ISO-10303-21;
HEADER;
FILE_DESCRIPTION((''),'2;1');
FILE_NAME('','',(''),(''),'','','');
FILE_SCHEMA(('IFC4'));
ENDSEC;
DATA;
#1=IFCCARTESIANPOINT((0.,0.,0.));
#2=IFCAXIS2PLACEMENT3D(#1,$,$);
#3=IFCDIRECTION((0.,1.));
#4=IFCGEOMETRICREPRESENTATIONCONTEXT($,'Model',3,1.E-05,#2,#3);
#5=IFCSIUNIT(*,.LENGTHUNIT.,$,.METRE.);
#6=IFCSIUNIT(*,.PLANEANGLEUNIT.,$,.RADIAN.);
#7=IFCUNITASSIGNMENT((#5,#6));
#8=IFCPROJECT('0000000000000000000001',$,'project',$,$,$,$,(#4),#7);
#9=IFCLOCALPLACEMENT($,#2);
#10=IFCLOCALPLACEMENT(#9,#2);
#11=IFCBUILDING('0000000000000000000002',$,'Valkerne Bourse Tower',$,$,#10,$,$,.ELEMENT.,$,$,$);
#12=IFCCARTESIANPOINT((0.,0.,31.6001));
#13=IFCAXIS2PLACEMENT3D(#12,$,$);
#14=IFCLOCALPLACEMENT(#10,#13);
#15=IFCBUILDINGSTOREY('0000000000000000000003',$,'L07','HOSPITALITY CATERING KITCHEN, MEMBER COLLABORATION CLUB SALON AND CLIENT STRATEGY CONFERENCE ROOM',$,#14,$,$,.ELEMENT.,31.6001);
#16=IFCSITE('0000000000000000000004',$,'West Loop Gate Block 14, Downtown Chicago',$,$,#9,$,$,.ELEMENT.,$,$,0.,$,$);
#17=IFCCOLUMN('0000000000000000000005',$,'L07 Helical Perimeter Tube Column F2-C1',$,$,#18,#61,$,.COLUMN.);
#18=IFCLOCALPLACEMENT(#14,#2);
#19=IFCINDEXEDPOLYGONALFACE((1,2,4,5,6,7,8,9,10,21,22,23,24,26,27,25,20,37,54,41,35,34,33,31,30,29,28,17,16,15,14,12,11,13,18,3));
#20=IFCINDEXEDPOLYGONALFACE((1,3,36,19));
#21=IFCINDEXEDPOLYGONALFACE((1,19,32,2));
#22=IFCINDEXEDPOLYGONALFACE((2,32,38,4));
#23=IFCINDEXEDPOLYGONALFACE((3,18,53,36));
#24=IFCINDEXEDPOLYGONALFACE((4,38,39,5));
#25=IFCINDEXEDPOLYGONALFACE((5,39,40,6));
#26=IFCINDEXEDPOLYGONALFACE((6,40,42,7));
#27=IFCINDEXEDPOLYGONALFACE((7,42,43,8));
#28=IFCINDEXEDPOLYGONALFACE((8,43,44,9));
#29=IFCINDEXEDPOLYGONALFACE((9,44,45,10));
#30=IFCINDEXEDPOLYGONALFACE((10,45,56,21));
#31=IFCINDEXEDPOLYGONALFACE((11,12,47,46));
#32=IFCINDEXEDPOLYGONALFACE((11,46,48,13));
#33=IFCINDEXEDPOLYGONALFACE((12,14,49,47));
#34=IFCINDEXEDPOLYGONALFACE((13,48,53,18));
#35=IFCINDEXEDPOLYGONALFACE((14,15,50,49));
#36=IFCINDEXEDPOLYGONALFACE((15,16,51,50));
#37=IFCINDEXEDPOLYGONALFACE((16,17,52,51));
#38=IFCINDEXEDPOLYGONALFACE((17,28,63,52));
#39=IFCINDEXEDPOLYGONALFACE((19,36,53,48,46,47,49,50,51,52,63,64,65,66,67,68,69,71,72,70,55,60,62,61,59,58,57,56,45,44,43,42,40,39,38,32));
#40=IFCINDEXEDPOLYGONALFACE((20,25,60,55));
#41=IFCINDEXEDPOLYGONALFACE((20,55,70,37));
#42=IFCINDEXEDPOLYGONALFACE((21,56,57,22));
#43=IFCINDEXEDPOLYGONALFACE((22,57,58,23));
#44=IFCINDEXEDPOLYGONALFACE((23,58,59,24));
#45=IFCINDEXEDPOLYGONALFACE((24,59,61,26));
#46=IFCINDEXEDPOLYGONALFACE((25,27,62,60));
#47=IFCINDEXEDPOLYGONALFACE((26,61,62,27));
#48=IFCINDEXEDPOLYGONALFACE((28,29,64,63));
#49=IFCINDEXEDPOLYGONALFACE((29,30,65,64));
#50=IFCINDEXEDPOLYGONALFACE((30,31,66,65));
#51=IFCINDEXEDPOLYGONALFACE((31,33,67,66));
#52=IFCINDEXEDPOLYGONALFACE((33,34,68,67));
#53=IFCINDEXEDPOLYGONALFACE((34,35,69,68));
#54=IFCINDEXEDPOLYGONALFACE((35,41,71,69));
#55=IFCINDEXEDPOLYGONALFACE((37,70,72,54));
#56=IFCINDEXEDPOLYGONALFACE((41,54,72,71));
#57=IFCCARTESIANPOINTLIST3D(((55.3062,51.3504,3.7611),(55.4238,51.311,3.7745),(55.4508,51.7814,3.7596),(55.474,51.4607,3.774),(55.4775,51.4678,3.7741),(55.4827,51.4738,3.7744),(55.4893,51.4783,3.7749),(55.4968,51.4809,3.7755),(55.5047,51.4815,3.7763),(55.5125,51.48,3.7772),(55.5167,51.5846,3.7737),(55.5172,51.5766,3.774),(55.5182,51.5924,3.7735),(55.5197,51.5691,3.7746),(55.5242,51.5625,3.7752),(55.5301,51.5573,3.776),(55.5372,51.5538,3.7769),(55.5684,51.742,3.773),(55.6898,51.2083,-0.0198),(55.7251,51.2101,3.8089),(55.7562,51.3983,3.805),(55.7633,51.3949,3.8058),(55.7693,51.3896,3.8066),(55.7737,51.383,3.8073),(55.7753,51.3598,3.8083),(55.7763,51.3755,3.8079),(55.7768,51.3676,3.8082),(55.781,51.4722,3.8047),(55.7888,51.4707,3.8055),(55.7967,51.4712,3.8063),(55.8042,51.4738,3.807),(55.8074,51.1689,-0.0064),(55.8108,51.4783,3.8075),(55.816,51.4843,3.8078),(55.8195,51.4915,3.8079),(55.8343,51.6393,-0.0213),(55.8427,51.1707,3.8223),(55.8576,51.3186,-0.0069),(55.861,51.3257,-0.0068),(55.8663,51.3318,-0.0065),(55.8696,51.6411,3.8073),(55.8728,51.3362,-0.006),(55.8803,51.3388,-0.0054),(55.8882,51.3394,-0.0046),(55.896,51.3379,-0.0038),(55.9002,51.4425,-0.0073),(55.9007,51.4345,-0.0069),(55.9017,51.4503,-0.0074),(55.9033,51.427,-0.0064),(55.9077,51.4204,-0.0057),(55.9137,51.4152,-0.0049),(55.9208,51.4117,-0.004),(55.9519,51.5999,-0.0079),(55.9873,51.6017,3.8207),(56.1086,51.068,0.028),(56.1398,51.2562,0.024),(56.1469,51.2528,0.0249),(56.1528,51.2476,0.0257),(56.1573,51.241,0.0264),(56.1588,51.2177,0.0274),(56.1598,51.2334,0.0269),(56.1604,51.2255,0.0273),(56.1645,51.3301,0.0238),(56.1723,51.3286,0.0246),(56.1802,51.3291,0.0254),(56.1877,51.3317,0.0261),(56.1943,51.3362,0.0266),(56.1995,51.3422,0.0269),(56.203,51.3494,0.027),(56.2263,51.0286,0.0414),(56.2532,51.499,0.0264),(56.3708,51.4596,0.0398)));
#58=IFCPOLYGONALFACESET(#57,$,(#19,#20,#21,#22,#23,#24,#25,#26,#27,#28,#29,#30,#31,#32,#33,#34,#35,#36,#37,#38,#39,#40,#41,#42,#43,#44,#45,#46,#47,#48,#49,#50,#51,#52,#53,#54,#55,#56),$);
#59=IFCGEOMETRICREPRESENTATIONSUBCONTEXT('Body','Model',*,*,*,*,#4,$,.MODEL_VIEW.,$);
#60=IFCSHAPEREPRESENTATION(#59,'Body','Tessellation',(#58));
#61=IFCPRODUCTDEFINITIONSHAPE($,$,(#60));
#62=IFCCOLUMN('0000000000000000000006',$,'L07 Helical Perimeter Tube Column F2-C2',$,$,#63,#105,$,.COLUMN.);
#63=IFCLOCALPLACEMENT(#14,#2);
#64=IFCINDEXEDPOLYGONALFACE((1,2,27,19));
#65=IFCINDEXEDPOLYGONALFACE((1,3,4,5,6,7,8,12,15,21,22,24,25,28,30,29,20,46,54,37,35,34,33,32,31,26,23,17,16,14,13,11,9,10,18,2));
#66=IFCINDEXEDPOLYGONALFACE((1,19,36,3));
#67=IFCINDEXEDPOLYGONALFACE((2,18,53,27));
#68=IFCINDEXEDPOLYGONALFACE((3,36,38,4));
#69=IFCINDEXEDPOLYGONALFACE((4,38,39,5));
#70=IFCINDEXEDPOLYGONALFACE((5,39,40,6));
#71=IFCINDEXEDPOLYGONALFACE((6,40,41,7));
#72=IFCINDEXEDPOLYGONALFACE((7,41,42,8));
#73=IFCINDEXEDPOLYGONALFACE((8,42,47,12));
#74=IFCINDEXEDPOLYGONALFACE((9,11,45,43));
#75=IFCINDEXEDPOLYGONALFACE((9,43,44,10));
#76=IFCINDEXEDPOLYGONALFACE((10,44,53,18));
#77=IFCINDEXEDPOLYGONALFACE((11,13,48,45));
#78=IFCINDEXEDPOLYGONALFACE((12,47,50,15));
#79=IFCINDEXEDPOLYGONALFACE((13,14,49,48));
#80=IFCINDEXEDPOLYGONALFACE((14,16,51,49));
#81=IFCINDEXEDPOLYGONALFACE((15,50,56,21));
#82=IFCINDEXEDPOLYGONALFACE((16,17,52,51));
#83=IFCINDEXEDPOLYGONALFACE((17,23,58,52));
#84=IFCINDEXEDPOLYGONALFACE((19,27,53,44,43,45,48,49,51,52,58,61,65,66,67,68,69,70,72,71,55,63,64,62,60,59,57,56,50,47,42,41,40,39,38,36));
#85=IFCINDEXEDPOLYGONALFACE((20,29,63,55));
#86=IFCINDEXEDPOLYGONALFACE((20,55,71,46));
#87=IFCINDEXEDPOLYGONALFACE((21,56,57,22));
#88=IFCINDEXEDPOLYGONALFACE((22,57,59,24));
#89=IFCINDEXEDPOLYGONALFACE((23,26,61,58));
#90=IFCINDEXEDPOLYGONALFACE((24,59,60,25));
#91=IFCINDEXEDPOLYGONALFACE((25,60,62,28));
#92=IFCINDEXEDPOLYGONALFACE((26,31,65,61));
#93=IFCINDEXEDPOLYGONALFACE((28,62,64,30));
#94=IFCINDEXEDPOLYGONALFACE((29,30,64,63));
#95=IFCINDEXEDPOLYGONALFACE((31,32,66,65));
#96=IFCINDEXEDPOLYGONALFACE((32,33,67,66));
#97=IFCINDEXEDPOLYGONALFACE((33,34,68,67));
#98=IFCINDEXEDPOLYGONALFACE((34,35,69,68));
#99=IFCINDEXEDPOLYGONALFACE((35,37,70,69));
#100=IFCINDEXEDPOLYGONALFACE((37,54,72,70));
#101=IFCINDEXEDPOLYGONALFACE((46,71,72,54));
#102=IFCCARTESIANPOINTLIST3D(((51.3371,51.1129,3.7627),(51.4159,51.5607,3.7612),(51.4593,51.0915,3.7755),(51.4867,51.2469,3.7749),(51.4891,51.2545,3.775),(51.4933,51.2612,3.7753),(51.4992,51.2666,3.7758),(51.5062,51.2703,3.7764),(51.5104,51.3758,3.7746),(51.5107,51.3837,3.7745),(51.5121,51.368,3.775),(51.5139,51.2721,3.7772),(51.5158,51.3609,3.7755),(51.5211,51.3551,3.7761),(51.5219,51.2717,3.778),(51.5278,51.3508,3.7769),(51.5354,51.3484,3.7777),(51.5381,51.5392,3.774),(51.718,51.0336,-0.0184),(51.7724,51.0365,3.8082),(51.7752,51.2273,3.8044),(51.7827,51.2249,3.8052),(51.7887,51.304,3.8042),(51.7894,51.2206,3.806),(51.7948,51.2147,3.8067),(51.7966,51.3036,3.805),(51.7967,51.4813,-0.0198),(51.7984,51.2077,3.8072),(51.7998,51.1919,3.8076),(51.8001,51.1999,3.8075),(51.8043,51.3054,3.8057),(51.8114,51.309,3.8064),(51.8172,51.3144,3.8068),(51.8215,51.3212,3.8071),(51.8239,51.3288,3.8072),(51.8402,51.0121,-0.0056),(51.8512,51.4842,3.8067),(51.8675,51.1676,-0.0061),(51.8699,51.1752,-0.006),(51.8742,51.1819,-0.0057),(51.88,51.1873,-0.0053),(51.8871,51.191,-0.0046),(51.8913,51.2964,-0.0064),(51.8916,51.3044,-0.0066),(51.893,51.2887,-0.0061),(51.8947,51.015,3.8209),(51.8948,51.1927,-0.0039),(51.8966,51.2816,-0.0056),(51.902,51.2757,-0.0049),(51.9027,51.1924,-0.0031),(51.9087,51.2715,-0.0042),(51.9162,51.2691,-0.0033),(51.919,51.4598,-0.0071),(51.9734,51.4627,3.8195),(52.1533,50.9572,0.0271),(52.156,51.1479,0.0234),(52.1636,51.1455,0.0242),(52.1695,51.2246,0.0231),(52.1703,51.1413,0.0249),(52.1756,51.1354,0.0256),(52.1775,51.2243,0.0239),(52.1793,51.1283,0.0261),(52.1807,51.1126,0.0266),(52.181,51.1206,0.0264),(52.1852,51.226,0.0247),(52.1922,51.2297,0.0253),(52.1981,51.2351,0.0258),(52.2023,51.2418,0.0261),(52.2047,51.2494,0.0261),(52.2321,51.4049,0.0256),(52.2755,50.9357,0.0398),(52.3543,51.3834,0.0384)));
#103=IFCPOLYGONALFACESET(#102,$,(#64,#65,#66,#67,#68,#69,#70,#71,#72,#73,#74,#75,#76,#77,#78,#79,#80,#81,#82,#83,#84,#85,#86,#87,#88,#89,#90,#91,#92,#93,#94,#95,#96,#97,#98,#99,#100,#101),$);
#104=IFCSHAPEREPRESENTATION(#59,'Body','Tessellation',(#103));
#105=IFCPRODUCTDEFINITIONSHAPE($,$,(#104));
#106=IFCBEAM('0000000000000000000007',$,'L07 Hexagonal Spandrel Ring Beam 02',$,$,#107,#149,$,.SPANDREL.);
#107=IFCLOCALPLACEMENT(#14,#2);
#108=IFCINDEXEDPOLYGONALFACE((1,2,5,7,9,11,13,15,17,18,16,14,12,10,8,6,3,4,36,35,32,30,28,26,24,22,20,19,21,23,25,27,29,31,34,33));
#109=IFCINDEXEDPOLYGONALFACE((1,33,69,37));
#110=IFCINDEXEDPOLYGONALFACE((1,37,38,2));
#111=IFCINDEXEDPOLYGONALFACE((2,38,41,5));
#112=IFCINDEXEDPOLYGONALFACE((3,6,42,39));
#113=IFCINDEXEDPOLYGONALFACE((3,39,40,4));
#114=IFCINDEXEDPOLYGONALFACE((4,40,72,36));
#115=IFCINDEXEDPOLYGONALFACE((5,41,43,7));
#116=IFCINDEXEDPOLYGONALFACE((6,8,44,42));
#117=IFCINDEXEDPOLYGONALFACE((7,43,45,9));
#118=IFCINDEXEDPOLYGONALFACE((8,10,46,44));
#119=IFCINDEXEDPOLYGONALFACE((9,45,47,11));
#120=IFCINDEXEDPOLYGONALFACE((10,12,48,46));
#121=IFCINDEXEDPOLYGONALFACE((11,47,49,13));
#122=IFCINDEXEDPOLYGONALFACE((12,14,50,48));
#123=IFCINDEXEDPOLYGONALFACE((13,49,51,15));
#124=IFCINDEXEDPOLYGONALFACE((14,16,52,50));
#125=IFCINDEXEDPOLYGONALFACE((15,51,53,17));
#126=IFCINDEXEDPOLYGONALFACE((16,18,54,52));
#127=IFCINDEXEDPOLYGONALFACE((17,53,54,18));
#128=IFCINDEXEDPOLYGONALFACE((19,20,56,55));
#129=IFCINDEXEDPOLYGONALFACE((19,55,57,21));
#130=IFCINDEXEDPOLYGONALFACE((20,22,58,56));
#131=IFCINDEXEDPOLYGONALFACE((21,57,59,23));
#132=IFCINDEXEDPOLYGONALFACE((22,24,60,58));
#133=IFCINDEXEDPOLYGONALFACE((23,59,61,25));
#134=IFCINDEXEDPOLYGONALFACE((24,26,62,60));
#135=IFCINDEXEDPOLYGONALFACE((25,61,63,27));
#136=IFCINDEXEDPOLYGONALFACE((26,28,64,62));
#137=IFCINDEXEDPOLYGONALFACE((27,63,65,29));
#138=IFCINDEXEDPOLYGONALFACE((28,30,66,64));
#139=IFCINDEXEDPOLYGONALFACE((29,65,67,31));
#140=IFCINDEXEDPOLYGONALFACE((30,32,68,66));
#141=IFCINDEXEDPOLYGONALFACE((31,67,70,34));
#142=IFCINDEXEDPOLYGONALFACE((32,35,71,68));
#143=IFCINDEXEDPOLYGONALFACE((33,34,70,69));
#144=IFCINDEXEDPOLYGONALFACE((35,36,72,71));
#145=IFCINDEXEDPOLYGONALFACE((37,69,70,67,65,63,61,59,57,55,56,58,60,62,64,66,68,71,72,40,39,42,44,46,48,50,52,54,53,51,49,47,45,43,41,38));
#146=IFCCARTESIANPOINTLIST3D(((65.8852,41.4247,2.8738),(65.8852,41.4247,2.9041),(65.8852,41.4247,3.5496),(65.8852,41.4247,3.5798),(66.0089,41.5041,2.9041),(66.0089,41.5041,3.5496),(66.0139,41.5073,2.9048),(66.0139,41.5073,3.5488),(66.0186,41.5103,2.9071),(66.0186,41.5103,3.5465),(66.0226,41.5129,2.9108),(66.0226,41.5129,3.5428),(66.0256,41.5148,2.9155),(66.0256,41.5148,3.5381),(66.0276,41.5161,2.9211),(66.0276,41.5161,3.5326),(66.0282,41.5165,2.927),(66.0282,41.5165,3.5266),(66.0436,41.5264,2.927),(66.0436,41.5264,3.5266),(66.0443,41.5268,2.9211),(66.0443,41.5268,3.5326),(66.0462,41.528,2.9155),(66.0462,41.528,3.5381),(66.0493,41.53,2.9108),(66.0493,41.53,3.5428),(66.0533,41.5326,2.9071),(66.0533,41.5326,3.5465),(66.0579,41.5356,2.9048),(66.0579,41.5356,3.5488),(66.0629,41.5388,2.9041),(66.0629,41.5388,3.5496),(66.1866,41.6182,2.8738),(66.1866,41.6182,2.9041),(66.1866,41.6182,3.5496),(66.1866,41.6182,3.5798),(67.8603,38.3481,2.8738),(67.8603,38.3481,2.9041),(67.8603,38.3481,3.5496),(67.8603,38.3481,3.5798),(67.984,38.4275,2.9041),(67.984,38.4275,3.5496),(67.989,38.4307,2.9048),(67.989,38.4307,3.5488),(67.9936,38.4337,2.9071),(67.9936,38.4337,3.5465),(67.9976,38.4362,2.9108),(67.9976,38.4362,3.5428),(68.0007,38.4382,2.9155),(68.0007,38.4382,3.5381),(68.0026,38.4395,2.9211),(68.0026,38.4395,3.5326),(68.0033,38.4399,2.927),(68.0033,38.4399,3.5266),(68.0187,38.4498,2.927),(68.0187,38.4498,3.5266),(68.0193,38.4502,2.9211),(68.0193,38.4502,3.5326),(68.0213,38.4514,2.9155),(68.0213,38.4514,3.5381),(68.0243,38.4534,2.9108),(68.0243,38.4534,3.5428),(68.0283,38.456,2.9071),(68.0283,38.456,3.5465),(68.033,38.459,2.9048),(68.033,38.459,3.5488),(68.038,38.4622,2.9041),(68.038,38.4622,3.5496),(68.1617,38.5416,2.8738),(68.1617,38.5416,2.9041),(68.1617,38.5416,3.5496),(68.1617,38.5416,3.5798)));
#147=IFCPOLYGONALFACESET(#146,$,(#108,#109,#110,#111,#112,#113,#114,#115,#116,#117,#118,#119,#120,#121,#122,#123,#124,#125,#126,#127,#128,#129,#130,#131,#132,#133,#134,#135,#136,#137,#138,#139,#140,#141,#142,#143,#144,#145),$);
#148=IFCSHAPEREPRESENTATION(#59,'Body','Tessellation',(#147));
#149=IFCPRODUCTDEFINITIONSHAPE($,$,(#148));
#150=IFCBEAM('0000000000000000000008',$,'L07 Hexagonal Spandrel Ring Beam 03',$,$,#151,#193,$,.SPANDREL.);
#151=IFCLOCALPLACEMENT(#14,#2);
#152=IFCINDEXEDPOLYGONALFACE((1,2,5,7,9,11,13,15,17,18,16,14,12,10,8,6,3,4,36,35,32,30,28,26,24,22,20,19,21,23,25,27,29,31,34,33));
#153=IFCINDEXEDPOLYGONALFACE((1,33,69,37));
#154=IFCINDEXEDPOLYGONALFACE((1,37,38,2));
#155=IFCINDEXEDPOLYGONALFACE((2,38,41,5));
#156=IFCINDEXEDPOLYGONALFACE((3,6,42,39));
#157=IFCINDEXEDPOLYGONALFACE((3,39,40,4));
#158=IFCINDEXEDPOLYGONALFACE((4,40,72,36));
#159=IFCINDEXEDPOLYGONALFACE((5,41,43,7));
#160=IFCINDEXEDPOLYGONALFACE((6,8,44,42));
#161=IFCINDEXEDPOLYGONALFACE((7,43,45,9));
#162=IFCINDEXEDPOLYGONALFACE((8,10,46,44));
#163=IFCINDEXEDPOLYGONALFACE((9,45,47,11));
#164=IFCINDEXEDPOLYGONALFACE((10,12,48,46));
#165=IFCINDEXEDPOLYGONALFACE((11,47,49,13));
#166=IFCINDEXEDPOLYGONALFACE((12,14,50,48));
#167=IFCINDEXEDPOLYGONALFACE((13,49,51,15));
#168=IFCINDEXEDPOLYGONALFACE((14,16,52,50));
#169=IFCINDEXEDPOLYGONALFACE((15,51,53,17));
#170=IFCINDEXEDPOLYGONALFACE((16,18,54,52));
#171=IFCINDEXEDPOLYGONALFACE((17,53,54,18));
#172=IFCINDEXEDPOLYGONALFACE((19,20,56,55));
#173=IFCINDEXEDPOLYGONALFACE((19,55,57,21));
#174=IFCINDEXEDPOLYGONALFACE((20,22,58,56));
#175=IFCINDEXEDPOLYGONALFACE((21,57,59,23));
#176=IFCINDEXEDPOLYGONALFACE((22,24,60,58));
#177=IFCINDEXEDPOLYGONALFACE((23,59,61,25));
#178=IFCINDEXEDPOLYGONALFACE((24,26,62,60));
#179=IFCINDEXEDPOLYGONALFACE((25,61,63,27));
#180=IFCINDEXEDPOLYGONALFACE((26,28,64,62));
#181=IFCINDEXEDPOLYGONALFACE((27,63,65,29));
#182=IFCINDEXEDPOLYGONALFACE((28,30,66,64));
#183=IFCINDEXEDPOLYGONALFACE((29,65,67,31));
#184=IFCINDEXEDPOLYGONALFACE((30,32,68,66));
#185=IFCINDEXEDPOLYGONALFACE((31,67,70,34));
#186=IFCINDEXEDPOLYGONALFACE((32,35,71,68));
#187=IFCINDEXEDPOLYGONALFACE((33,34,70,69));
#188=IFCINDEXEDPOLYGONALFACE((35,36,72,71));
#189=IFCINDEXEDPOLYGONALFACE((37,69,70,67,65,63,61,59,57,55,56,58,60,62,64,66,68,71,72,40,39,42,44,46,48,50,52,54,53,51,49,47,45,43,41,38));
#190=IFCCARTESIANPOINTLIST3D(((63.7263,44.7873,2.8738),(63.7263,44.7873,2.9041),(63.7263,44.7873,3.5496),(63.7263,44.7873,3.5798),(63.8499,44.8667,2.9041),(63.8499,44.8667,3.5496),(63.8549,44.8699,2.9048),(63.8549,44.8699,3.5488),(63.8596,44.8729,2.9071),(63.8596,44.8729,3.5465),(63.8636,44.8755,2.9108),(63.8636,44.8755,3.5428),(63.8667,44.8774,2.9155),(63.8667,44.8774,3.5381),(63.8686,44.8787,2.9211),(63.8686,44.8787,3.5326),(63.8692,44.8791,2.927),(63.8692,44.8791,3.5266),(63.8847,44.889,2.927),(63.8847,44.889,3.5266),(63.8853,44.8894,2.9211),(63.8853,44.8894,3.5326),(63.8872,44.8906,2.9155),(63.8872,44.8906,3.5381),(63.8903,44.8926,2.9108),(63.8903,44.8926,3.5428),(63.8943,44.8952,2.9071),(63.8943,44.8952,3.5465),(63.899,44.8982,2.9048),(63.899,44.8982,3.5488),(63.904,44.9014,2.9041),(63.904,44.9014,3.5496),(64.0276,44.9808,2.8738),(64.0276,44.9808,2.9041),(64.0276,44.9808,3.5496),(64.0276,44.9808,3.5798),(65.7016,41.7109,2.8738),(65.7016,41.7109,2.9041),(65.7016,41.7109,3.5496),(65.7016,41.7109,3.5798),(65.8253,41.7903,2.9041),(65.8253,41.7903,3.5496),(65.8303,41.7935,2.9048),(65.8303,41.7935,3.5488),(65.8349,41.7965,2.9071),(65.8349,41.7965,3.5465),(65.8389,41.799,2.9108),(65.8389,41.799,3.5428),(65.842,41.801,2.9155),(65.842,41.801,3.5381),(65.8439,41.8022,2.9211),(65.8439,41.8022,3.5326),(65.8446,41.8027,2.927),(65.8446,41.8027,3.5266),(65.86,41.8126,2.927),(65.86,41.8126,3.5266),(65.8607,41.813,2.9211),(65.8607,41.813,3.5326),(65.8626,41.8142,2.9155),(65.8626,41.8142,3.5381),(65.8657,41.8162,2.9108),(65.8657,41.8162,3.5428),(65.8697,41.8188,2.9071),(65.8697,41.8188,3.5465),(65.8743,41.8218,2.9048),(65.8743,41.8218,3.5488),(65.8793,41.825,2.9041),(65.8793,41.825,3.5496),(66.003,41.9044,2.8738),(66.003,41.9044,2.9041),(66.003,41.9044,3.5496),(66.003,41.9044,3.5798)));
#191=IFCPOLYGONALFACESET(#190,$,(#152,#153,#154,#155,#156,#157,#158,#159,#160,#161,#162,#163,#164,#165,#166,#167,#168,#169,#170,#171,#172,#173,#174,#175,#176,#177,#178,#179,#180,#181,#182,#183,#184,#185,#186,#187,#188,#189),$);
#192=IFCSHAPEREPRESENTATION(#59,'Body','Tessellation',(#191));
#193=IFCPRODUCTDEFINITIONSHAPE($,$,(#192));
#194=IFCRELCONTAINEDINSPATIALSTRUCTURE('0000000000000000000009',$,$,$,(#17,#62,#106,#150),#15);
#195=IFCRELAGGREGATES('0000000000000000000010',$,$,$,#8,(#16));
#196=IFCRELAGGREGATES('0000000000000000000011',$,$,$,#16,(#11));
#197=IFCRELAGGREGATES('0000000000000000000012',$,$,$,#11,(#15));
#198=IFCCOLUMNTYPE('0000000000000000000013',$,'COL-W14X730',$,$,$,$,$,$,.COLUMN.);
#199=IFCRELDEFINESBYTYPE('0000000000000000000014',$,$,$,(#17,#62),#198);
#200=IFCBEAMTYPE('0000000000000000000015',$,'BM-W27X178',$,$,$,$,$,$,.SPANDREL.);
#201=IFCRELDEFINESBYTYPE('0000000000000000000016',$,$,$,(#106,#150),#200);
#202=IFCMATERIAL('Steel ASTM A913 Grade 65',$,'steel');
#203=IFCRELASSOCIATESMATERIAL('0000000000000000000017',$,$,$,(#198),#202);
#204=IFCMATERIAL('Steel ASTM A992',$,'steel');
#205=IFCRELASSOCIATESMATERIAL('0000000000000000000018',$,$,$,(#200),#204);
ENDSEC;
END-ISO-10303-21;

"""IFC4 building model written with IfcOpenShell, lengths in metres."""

from ifc_helpers import new_model, si_unit, direction, frame, origin, origin_2d, place, context, subcontext, project, spatial, i_section, extrude, material, material_profile, profile_set, type_object, element, save


model = new_model("IFC4")

# Units and contexts
model_context = context("Model", 3, precision=1e-05, world=origin(), true_north=direction((0.0, 1.0)))
body_context = subcontext(model_context, "Body", "Model", "MODEL_VIEW")
ifc_project = project(units=[si_unit("LENGTHUNIT", "METRE"), si_unit("PLANEANGLEUNIT", "RADIAN")], contexts=[model_context])

# Site, building, storey
site_placement = place(None, origin())
site = spatial("IfcSite", under=ifc_project, at=site_placement, Name="West Loop Gate Block 14, Downtown Chicago", CompositionType="ELEMENT", RefElevation=0.0)
building_placement = place(site_placement, origin())
building = spatial("IfcBuilding", under=site, at=building_placement, Name="Valkerne Bourse Tower", CompositionType="ELEMENT")
storey_placement = place(building_placement, frame((0.0, 0.0, 31.6001)))
storey = spatial("IfcBuildingStorey", under=building, at=storey_placement, Name="L07", Description="HOSPITALITY CATERING KITCHEN, MEMBER COLLABORATION CLUB SALON AND CLIENT STRATEGY CONFERENCE ROOM", CompositionType="ELEMENT", Elevation=31.6001)

# Columns
ifc_material_1 = material(Name="Steel ASTM A913 Grade 65", Category="steel")
ifc_material_profile_1 = material_profile(ifc_material_1, i_section(OverallWidth=0.4546, OverallDepth=0.5691, WebThickness=0.0779, FlangeThickness=0.1248, FilletRadius=0.0305, at=origin_2d()), Name="W14X730")
ifc_profile_set_1 = profile_set([ifc_material_profile_1], Name="Steel ASTM A913 Grade 65")
column_type = type_object("IfcColumnType", Name="COL-W14X730", PredefinedType="COLUMN", material=ifc_profile_set_1)
for number, where, z_axis, x_axis, name in (
    (1, (56.0303, 51.334, 0.01), (-0.100852, 0.037362, 0.9942), (0.317937, 0.948106, -0.003378), "L07 Helical Perimeter Tube Column F2-C1"),
):
    element("IfcColumn", number, at=place(storey_placement, frame(where, z_axis=z_axis, x_axis=x_axis)), inside=storey, type_object=column_type, Name=name, PredefinedType="COLUMN", context=body_context, shape_type="SweptSolid", body=[
        extrude(i_section(OverallWidth=0.4546, OverallDepth=0.5691, WebThickness=0.0779, FlangeThickness=0.1248, FilletRadius=0.0305, at=origin_2d()), origin(), (0.0, 0.0, 1.0), 3.803),
    ])
column_1_placement = place(storey_placement, frame((52.0361, 51.2085, 0.01), z_axis=(-0.100201, 0.020875, 0.994748), x_axis=(0.173265, 0.98487, -0.003215)))
element("IfcColumn", 2, at=column_1_placement, inside=storey, type_object=column_type, Name="L07 Helical Perimeter Tube Column F2-C2", PredefinedType="COLUMN", context=body_context, shape_type="SweptSolid", body=[
    extrude(i_section(OverallWidth=0.4546, OverallDepth=0.5691, WebThickness=0.0779, FlangeThickness=0.1248, FilletRadius=0.0305, at=origin_2d()), origin(), (0.0, 0.0, 1.0), 3.801),
])

# Beams
ifc_material_2 = material(Name="Steel ASTM A992", Category="steel")
ifc_material_profile_2 = material_profile(ifc_material_2, i_section(OverallWidth=0.3582, OverallDepth=0.7061, WebThickness=0.0183, FlangeThickness=0.0303, FilletRadius=0.0229, at=origin_2d()), Name="W27X178")
ifc_profile_set_2 = profile_set([ifc_material_profile_2], Name="Steel ASTM A992")
beam_type = type_object("IfcBeamType", Name="BM-W27X178", PredefinedType="SPANDREL", material=ifc_profile_set_2)
for number, where, z_axis, x_axis, name in (
    (3, (68.011, 38.4448, 3.2268), (-0.540224, 0.841521, 0.0), (-0.841521, -0.540224, 0.0), "L07 Hexagonal Spandrel Ring Beam 02"),
    (4, (65.8523, 41.8076, 3.2268), (-0.540302, 0.841471, 0.0), (-0.841471, -0.540302, 0.0), "L07 Hexagonal Spandrel Ring Beam 03"),
):
    element("IfcBeam", number, at=place(storey_placement, frame(where, z_axis=z_axis, x_axis=x_axis)), inside=storey, type_object=beam_type, Name=name, PredefinedType="SPANDREL", context=body_context, shape_type="SweptSolid", body=[
        extrude(i_section(OverallWidth=0.3582, OverallDepth=0.7061, WebThickness=0.0183, FlangeThickness=0.0303, FilletRadius=0.0229, at=origin_2d()), origin(), (0.0, 0.0, 1.0), 3.656),
    ])

save(model, "model.ifc")
